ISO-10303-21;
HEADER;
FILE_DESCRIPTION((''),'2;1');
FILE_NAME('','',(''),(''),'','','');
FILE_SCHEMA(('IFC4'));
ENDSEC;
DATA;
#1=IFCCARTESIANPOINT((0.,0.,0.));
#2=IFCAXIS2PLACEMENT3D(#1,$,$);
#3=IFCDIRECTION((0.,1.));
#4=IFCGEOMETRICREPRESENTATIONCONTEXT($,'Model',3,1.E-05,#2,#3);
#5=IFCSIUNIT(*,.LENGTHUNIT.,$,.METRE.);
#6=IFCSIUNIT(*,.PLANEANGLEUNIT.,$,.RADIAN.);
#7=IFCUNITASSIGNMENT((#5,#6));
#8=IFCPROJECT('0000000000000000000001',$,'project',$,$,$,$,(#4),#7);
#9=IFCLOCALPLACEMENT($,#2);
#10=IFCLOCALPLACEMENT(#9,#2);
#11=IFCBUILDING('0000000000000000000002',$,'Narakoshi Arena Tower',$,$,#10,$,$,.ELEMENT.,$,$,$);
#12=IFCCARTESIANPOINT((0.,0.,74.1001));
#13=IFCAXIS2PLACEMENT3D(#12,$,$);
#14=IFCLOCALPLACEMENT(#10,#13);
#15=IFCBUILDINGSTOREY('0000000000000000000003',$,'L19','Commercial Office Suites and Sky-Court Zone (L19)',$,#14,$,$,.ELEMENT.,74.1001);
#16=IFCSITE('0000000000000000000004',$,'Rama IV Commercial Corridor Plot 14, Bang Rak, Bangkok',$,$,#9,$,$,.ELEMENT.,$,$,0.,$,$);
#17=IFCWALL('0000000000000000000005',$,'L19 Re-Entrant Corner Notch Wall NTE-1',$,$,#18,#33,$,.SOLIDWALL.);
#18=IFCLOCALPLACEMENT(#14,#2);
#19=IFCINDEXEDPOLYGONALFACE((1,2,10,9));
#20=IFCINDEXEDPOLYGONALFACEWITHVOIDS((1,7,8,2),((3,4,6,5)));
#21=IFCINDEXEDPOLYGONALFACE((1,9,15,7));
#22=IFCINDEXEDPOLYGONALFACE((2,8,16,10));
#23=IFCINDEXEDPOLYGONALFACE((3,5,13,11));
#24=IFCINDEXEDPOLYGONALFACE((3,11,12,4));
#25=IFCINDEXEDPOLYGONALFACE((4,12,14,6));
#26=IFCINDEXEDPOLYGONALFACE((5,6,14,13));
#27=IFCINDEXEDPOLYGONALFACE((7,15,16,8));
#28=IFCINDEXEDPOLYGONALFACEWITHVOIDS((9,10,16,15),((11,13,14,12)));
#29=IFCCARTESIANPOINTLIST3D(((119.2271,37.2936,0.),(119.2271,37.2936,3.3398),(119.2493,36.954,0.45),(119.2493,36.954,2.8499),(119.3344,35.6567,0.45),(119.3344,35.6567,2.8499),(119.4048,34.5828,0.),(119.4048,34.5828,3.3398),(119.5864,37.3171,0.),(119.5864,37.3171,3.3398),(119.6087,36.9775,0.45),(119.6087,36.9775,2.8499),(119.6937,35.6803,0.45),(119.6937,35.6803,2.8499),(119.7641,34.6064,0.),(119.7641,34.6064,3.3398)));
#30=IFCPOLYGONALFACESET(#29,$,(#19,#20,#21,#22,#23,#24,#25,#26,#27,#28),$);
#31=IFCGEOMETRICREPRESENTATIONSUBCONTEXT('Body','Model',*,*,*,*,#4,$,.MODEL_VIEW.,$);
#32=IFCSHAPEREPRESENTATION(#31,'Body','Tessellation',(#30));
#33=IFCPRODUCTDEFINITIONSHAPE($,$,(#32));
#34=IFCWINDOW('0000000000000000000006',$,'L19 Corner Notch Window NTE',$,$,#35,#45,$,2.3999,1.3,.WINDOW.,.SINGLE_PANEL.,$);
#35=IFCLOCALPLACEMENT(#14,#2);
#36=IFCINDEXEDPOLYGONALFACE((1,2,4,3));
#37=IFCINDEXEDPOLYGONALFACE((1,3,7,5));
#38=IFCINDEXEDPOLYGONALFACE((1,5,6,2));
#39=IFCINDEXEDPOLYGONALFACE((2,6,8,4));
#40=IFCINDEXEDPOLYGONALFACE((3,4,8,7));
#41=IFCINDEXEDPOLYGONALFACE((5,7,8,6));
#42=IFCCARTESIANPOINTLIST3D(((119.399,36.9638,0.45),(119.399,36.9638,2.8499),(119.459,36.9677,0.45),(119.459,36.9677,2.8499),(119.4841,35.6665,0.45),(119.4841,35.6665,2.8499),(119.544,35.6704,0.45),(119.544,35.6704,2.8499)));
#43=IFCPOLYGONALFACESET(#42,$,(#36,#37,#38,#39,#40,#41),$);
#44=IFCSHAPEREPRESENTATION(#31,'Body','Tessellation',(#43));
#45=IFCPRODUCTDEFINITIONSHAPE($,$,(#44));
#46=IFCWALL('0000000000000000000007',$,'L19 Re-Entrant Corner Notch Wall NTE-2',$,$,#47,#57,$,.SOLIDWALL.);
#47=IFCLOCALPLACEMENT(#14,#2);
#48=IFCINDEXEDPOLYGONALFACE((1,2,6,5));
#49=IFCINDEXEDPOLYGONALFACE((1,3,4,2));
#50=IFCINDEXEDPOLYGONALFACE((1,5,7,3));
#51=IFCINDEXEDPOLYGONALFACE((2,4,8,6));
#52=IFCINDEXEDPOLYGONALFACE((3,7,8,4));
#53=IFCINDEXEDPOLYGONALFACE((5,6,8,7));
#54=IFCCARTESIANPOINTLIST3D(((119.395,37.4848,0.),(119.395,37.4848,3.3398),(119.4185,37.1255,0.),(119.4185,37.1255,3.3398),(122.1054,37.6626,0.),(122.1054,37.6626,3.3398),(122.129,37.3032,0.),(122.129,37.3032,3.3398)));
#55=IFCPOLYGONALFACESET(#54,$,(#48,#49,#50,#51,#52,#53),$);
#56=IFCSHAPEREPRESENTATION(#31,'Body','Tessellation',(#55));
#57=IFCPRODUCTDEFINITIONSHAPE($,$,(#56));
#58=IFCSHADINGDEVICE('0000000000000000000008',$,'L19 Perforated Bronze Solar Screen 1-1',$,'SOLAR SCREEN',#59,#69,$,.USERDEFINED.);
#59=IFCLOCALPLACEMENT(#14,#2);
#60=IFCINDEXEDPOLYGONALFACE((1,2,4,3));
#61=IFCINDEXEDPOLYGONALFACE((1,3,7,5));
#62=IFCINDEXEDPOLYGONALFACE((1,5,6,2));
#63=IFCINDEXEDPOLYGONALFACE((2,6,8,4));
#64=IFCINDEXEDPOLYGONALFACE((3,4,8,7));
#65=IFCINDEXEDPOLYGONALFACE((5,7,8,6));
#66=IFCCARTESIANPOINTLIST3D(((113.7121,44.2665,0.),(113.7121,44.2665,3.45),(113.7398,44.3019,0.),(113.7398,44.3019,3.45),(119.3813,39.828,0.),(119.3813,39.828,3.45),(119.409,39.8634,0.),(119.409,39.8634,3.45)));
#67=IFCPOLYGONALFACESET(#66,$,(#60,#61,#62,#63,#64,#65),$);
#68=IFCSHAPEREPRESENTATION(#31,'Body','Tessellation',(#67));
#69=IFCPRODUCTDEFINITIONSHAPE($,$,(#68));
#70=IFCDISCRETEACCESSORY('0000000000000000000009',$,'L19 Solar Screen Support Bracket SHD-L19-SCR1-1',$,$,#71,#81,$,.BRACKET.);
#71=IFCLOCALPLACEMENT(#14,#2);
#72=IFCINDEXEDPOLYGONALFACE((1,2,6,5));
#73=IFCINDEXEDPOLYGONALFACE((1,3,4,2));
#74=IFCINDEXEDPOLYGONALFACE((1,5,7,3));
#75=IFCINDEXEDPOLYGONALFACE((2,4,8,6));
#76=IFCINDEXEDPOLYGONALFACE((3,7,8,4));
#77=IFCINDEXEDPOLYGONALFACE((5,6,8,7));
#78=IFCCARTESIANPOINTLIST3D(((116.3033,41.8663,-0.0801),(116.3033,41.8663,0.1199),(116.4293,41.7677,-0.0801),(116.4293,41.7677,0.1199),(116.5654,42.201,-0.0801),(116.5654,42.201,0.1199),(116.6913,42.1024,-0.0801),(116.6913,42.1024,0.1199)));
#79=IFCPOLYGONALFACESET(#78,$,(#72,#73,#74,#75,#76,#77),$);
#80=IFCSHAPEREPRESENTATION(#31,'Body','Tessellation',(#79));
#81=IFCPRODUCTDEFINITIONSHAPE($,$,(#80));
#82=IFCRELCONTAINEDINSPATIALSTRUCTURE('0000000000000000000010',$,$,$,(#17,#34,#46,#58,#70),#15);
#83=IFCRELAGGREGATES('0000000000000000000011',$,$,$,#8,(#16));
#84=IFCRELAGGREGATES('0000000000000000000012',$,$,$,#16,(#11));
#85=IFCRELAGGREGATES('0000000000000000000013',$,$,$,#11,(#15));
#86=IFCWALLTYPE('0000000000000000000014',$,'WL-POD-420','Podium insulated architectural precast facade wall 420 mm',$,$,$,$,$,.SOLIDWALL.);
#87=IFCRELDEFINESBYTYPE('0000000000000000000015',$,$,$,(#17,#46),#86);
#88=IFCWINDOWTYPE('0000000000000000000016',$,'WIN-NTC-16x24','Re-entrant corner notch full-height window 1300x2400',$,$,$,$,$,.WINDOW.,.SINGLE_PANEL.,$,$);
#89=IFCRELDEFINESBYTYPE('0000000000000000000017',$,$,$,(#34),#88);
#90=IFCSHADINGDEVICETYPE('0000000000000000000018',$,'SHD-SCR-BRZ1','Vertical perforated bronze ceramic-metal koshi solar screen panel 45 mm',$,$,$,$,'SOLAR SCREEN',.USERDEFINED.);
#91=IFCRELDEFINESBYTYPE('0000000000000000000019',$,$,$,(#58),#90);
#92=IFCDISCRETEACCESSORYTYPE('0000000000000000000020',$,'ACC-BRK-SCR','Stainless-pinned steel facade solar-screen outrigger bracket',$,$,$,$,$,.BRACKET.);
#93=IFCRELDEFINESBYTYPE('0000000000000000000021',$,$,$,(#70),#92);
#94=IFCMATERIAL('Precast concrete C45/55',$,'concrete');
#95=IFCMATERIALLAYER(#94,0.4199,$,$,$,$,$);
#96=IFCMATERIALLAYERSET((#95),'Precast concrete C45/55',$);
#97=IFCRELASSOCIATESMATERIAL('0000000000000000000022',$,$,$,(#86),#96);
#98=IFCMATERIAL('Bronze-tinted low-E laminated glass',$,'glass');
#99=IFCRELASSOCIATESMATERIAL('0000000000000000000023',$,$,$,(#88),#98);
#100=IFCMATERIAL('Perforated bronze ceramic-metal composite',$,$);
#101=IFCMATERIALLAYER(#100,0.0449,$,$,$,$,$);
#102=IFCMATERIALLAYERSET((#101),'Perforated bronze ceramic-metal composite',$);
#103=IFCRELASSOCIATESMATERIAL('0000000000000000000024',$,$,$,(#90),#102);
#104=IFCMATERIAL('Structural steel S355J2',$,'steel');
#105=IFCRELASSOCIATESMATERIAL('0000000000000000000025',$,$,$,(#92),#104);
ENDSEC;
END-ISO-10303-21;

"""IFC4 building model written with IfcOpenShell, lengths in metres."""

from ifc_helpers import new_model, si_unit, direction, frame, frame_2d, origin, origin_2d, place, context, subcontext, project, spatial, rectangle, extrude, material, layer, layer_set, type_object, element, fill, save


model = new_model("IFC4")

# Units and contexts
model_context = context("Model", 3, precision=1e-05, world=origin(), true_north=direction((0.0, 1.0)))
body_context = subcontext(model_context, "Body", "Model", "MODEL_VIEW")
ifc_project = project(units=[si_unit("LENGTHUNIT", "METRE"), si_unit("PLANEANGLEUNIT", "RADIAN")], contexts=[model_context])

# Site, building, storey
site_placement = place(None, origin())
site = spatial("IfcSite", under=ifc_project, at=site_placement, Name="Rama IV Commercial Corridor Plot 14, Bang Rak, Bangkok", CompositionType="ELEMENT", RefElevation=0.0)
building_placement = place(site_placement, origin())
building = spatial("IfcBuilding", under=site, at=building_placement, Name="Narakoshi Arena Tower", CompositionType="ELEMENT")
storey_placement = place(building_placement, frame((0.0, 0.0, 74.1001)))
storey = spatial("IfcBuildingStorey", under=building, at=storey_placement, Name="L19", Description="Commercial Office Suites and Sky-Court Zone (L19)", CompositionType="ELEMENT", Elevation=74.1001)

# Shared definitions
ifc_material_1 = material(Name="Structural steel S355J2", Category="steel")

# Shared definitions
ifc_material_2 = material(Name="Bronze-tinted low-E laminated glass", Category="glass")

# Shared definitions
ifc_material_3 = material(Name="Precast concrete C45/55", Category="concrete")

# Wall, opening, window
ifc_layer_1 = layer(ifc_material_3, 0.4199)
ifc_layer_set_1 = layer_set([ifc_layer_1], Name="Precast concrete C45/55")
wall_type_1 = type_object("IfcWallType", Name="WL-POD-420", Description="Podium insulated architectural precast facade wall 420 mm", PredefinedType="SOLIDWALL", material=ifc_layer_set_1)
wall_1_placement = place(storey_placement, frame((119.5845, 34.5945, 0.0), z_axis=(0.0, 0.0, 1.0), x_axis=(-0.065427, 0.997857, 0.0)))
wall_1 = element("IfcWall", 1, at=wall_1_placement, inside=storey, type_object=wall_type_1, Name="L19 Re-Entrant Corner Notch Wall NTE-1", PredefinedType="SOLIDWALL", context=body_context, shape_type="SweptSolid", body=[
    extrude(rectangle(XDim=2.7166, YDim=0.3601, at=frame_2d((1.3584, 0.0))), origin(), (0.0, 0.0, 1.0), 3.3398),
])
opening_1_placement = place(wall_1_placement, frame((1.0764, 0.0, 0.45)))
opening_1 = element("IfcOpeningElement", 2, at=opening_1_placement, cuts=wall_1, PredefinedType="OPENING", context=body_context, shape_type="SweptSolid", body=[
    extrude(rectangle(XDim=1.3, YDim=2.3999, at=frame_2d((0.6499, 1.2))), frame((0.0, 0.1899, 0.0), z_axis=(0.0, -1.0, 0.0), x_axis=(1.0, 0.0, 0.0)), (0.0, 0.0, 1.0), 0.3801),
])
window_type_1 = type_object("IfcWindowType", Name="WIN-NTC-16x24", Description="Re-entrant corner notch full-height window 1300x2400", PartitioningType="SINGLE_PANEL", PredefinedType="WINDOW", material=ifc_material_2)
window_1_placement = place(opening_1_placement, origin())
window_1 = element("IfcWindow", 3, at=window_1_placement, inside=storey, type_object=window_type_1, Name="L19 Corner Notch Window NTE", OverallHeight=2.3999, OverallWidth=1.3, PartitioningType="SINGLE_PANEL", PredefinedType="WINDOW", context=body_context, shape_type="SweptSolid", body=[
    extrude(rectangle(XDim=1.3, YDim=2.3999, at=frame_2d((0.6499, 1.2))), frame((0.0, 0.03, 0.0), z_axis=(0.0, -1.0, 0.0), x_axis=(1.0, 0.0, 0.0)), (0.0, 0.0, 1.0), 0.0601),
])
fill(opening_1, window_1)

# Wall
wall_2_placement = place(storey_placement, frame((119.4067, 37.3052, 0.0), z_axis=(0.0, 0.0, 1.0), x_axis=(0.997857, 0.065433, 0.0)))
element("IfcWall", 4, at=wall_2_placement, inside=storey, type_object=wall_type_1, Name="L19 Re-Entrant Corner Notch Wall NTE-2", PredefinedType="SOLIDWALL", context=body_context, shape_type="SweptSolid", body=[
    extrude(rectangle(XDim=2.7163, YDim=0.3601, at=frame_2d((1.3582, 0.0))), origin(), (0.0, 0.0, 1.0), 3.3398),
])

# Shading device
ifc_material_4 = material(Name="Perforated bronze ceramic-metal composite")
ifc_layer_2 = layer(ifc_material_4, 0.0449)
ifc_layer_set_2 = layer_set([ifc_layer_2], Name="Perforated bronze ceramic-metal composite")
shading_device_type = type_object("IfcShadingDeviceType", Name="SHD-SCR-BRZ1", Description="Vertical perforated bronze ceramic-metal koshi solar screen panel 45 mm", ElementType="SOLAR SCREEN", PredefinedType="USERDEFINED", material=ifc_layer_set_2)
shading_device_placement = place(storey_placement, frame((116.5605, 42.0649, 0.0), z_axis=(0.0, 0.0, 1.0), x_axis=(-0.787387, 0.616459, 0.0)))
element("IfcShadingDevice", 5, at=shading_device_placement, inside=storey, type_object=shading_device_type, Name="L19 Perforated Bronze Solar Screen 1-1", ObjectType="SOLAR SCREEN", PredefinedType="USERDEFINED", context=body_context, shape_type="SweptSolid", body=[
    extrude(rectangle(XDim=7.2, YDim=0.0449, at=origin_2d()), origin(), (0.0, 0.0, 1.0), 3.45),
])

# Discrete accessory
discrete_accessory_type = type_object("IfcDiscreteAccessoryType", Name="ACC-BRK-SCR", Description="Stainless-pinned steel facade solar-screen outrigger bracket", PredefinedType="BRACKET", material=ifc_material_1)
discrete_accessory_placement = place(storey_placement, frame((116.4973, 41.9844, -0.0801), z_axis=(0.0, 0.0, 1.0), x_axis=(-0.787387, 0.616459, 0.0)))
element("IfcDiscreteAccessory", 6, at=discrete_accessory_placement, inside=storey, type_object=discrete_accessory_type, Name="L19 Solar Screen Support Bracket SHD-L19-SCR1-1", PredefinedType="BRACKET", context=body_context, shape_type="SweptSolid", body=[
    extrude(rectangle(XDim=0.1599, YDim=0.425, at=origin_2d()), origin(), (0.0, 0.0, 1.0), 0.2),
])

save(model, "model.ifc")
